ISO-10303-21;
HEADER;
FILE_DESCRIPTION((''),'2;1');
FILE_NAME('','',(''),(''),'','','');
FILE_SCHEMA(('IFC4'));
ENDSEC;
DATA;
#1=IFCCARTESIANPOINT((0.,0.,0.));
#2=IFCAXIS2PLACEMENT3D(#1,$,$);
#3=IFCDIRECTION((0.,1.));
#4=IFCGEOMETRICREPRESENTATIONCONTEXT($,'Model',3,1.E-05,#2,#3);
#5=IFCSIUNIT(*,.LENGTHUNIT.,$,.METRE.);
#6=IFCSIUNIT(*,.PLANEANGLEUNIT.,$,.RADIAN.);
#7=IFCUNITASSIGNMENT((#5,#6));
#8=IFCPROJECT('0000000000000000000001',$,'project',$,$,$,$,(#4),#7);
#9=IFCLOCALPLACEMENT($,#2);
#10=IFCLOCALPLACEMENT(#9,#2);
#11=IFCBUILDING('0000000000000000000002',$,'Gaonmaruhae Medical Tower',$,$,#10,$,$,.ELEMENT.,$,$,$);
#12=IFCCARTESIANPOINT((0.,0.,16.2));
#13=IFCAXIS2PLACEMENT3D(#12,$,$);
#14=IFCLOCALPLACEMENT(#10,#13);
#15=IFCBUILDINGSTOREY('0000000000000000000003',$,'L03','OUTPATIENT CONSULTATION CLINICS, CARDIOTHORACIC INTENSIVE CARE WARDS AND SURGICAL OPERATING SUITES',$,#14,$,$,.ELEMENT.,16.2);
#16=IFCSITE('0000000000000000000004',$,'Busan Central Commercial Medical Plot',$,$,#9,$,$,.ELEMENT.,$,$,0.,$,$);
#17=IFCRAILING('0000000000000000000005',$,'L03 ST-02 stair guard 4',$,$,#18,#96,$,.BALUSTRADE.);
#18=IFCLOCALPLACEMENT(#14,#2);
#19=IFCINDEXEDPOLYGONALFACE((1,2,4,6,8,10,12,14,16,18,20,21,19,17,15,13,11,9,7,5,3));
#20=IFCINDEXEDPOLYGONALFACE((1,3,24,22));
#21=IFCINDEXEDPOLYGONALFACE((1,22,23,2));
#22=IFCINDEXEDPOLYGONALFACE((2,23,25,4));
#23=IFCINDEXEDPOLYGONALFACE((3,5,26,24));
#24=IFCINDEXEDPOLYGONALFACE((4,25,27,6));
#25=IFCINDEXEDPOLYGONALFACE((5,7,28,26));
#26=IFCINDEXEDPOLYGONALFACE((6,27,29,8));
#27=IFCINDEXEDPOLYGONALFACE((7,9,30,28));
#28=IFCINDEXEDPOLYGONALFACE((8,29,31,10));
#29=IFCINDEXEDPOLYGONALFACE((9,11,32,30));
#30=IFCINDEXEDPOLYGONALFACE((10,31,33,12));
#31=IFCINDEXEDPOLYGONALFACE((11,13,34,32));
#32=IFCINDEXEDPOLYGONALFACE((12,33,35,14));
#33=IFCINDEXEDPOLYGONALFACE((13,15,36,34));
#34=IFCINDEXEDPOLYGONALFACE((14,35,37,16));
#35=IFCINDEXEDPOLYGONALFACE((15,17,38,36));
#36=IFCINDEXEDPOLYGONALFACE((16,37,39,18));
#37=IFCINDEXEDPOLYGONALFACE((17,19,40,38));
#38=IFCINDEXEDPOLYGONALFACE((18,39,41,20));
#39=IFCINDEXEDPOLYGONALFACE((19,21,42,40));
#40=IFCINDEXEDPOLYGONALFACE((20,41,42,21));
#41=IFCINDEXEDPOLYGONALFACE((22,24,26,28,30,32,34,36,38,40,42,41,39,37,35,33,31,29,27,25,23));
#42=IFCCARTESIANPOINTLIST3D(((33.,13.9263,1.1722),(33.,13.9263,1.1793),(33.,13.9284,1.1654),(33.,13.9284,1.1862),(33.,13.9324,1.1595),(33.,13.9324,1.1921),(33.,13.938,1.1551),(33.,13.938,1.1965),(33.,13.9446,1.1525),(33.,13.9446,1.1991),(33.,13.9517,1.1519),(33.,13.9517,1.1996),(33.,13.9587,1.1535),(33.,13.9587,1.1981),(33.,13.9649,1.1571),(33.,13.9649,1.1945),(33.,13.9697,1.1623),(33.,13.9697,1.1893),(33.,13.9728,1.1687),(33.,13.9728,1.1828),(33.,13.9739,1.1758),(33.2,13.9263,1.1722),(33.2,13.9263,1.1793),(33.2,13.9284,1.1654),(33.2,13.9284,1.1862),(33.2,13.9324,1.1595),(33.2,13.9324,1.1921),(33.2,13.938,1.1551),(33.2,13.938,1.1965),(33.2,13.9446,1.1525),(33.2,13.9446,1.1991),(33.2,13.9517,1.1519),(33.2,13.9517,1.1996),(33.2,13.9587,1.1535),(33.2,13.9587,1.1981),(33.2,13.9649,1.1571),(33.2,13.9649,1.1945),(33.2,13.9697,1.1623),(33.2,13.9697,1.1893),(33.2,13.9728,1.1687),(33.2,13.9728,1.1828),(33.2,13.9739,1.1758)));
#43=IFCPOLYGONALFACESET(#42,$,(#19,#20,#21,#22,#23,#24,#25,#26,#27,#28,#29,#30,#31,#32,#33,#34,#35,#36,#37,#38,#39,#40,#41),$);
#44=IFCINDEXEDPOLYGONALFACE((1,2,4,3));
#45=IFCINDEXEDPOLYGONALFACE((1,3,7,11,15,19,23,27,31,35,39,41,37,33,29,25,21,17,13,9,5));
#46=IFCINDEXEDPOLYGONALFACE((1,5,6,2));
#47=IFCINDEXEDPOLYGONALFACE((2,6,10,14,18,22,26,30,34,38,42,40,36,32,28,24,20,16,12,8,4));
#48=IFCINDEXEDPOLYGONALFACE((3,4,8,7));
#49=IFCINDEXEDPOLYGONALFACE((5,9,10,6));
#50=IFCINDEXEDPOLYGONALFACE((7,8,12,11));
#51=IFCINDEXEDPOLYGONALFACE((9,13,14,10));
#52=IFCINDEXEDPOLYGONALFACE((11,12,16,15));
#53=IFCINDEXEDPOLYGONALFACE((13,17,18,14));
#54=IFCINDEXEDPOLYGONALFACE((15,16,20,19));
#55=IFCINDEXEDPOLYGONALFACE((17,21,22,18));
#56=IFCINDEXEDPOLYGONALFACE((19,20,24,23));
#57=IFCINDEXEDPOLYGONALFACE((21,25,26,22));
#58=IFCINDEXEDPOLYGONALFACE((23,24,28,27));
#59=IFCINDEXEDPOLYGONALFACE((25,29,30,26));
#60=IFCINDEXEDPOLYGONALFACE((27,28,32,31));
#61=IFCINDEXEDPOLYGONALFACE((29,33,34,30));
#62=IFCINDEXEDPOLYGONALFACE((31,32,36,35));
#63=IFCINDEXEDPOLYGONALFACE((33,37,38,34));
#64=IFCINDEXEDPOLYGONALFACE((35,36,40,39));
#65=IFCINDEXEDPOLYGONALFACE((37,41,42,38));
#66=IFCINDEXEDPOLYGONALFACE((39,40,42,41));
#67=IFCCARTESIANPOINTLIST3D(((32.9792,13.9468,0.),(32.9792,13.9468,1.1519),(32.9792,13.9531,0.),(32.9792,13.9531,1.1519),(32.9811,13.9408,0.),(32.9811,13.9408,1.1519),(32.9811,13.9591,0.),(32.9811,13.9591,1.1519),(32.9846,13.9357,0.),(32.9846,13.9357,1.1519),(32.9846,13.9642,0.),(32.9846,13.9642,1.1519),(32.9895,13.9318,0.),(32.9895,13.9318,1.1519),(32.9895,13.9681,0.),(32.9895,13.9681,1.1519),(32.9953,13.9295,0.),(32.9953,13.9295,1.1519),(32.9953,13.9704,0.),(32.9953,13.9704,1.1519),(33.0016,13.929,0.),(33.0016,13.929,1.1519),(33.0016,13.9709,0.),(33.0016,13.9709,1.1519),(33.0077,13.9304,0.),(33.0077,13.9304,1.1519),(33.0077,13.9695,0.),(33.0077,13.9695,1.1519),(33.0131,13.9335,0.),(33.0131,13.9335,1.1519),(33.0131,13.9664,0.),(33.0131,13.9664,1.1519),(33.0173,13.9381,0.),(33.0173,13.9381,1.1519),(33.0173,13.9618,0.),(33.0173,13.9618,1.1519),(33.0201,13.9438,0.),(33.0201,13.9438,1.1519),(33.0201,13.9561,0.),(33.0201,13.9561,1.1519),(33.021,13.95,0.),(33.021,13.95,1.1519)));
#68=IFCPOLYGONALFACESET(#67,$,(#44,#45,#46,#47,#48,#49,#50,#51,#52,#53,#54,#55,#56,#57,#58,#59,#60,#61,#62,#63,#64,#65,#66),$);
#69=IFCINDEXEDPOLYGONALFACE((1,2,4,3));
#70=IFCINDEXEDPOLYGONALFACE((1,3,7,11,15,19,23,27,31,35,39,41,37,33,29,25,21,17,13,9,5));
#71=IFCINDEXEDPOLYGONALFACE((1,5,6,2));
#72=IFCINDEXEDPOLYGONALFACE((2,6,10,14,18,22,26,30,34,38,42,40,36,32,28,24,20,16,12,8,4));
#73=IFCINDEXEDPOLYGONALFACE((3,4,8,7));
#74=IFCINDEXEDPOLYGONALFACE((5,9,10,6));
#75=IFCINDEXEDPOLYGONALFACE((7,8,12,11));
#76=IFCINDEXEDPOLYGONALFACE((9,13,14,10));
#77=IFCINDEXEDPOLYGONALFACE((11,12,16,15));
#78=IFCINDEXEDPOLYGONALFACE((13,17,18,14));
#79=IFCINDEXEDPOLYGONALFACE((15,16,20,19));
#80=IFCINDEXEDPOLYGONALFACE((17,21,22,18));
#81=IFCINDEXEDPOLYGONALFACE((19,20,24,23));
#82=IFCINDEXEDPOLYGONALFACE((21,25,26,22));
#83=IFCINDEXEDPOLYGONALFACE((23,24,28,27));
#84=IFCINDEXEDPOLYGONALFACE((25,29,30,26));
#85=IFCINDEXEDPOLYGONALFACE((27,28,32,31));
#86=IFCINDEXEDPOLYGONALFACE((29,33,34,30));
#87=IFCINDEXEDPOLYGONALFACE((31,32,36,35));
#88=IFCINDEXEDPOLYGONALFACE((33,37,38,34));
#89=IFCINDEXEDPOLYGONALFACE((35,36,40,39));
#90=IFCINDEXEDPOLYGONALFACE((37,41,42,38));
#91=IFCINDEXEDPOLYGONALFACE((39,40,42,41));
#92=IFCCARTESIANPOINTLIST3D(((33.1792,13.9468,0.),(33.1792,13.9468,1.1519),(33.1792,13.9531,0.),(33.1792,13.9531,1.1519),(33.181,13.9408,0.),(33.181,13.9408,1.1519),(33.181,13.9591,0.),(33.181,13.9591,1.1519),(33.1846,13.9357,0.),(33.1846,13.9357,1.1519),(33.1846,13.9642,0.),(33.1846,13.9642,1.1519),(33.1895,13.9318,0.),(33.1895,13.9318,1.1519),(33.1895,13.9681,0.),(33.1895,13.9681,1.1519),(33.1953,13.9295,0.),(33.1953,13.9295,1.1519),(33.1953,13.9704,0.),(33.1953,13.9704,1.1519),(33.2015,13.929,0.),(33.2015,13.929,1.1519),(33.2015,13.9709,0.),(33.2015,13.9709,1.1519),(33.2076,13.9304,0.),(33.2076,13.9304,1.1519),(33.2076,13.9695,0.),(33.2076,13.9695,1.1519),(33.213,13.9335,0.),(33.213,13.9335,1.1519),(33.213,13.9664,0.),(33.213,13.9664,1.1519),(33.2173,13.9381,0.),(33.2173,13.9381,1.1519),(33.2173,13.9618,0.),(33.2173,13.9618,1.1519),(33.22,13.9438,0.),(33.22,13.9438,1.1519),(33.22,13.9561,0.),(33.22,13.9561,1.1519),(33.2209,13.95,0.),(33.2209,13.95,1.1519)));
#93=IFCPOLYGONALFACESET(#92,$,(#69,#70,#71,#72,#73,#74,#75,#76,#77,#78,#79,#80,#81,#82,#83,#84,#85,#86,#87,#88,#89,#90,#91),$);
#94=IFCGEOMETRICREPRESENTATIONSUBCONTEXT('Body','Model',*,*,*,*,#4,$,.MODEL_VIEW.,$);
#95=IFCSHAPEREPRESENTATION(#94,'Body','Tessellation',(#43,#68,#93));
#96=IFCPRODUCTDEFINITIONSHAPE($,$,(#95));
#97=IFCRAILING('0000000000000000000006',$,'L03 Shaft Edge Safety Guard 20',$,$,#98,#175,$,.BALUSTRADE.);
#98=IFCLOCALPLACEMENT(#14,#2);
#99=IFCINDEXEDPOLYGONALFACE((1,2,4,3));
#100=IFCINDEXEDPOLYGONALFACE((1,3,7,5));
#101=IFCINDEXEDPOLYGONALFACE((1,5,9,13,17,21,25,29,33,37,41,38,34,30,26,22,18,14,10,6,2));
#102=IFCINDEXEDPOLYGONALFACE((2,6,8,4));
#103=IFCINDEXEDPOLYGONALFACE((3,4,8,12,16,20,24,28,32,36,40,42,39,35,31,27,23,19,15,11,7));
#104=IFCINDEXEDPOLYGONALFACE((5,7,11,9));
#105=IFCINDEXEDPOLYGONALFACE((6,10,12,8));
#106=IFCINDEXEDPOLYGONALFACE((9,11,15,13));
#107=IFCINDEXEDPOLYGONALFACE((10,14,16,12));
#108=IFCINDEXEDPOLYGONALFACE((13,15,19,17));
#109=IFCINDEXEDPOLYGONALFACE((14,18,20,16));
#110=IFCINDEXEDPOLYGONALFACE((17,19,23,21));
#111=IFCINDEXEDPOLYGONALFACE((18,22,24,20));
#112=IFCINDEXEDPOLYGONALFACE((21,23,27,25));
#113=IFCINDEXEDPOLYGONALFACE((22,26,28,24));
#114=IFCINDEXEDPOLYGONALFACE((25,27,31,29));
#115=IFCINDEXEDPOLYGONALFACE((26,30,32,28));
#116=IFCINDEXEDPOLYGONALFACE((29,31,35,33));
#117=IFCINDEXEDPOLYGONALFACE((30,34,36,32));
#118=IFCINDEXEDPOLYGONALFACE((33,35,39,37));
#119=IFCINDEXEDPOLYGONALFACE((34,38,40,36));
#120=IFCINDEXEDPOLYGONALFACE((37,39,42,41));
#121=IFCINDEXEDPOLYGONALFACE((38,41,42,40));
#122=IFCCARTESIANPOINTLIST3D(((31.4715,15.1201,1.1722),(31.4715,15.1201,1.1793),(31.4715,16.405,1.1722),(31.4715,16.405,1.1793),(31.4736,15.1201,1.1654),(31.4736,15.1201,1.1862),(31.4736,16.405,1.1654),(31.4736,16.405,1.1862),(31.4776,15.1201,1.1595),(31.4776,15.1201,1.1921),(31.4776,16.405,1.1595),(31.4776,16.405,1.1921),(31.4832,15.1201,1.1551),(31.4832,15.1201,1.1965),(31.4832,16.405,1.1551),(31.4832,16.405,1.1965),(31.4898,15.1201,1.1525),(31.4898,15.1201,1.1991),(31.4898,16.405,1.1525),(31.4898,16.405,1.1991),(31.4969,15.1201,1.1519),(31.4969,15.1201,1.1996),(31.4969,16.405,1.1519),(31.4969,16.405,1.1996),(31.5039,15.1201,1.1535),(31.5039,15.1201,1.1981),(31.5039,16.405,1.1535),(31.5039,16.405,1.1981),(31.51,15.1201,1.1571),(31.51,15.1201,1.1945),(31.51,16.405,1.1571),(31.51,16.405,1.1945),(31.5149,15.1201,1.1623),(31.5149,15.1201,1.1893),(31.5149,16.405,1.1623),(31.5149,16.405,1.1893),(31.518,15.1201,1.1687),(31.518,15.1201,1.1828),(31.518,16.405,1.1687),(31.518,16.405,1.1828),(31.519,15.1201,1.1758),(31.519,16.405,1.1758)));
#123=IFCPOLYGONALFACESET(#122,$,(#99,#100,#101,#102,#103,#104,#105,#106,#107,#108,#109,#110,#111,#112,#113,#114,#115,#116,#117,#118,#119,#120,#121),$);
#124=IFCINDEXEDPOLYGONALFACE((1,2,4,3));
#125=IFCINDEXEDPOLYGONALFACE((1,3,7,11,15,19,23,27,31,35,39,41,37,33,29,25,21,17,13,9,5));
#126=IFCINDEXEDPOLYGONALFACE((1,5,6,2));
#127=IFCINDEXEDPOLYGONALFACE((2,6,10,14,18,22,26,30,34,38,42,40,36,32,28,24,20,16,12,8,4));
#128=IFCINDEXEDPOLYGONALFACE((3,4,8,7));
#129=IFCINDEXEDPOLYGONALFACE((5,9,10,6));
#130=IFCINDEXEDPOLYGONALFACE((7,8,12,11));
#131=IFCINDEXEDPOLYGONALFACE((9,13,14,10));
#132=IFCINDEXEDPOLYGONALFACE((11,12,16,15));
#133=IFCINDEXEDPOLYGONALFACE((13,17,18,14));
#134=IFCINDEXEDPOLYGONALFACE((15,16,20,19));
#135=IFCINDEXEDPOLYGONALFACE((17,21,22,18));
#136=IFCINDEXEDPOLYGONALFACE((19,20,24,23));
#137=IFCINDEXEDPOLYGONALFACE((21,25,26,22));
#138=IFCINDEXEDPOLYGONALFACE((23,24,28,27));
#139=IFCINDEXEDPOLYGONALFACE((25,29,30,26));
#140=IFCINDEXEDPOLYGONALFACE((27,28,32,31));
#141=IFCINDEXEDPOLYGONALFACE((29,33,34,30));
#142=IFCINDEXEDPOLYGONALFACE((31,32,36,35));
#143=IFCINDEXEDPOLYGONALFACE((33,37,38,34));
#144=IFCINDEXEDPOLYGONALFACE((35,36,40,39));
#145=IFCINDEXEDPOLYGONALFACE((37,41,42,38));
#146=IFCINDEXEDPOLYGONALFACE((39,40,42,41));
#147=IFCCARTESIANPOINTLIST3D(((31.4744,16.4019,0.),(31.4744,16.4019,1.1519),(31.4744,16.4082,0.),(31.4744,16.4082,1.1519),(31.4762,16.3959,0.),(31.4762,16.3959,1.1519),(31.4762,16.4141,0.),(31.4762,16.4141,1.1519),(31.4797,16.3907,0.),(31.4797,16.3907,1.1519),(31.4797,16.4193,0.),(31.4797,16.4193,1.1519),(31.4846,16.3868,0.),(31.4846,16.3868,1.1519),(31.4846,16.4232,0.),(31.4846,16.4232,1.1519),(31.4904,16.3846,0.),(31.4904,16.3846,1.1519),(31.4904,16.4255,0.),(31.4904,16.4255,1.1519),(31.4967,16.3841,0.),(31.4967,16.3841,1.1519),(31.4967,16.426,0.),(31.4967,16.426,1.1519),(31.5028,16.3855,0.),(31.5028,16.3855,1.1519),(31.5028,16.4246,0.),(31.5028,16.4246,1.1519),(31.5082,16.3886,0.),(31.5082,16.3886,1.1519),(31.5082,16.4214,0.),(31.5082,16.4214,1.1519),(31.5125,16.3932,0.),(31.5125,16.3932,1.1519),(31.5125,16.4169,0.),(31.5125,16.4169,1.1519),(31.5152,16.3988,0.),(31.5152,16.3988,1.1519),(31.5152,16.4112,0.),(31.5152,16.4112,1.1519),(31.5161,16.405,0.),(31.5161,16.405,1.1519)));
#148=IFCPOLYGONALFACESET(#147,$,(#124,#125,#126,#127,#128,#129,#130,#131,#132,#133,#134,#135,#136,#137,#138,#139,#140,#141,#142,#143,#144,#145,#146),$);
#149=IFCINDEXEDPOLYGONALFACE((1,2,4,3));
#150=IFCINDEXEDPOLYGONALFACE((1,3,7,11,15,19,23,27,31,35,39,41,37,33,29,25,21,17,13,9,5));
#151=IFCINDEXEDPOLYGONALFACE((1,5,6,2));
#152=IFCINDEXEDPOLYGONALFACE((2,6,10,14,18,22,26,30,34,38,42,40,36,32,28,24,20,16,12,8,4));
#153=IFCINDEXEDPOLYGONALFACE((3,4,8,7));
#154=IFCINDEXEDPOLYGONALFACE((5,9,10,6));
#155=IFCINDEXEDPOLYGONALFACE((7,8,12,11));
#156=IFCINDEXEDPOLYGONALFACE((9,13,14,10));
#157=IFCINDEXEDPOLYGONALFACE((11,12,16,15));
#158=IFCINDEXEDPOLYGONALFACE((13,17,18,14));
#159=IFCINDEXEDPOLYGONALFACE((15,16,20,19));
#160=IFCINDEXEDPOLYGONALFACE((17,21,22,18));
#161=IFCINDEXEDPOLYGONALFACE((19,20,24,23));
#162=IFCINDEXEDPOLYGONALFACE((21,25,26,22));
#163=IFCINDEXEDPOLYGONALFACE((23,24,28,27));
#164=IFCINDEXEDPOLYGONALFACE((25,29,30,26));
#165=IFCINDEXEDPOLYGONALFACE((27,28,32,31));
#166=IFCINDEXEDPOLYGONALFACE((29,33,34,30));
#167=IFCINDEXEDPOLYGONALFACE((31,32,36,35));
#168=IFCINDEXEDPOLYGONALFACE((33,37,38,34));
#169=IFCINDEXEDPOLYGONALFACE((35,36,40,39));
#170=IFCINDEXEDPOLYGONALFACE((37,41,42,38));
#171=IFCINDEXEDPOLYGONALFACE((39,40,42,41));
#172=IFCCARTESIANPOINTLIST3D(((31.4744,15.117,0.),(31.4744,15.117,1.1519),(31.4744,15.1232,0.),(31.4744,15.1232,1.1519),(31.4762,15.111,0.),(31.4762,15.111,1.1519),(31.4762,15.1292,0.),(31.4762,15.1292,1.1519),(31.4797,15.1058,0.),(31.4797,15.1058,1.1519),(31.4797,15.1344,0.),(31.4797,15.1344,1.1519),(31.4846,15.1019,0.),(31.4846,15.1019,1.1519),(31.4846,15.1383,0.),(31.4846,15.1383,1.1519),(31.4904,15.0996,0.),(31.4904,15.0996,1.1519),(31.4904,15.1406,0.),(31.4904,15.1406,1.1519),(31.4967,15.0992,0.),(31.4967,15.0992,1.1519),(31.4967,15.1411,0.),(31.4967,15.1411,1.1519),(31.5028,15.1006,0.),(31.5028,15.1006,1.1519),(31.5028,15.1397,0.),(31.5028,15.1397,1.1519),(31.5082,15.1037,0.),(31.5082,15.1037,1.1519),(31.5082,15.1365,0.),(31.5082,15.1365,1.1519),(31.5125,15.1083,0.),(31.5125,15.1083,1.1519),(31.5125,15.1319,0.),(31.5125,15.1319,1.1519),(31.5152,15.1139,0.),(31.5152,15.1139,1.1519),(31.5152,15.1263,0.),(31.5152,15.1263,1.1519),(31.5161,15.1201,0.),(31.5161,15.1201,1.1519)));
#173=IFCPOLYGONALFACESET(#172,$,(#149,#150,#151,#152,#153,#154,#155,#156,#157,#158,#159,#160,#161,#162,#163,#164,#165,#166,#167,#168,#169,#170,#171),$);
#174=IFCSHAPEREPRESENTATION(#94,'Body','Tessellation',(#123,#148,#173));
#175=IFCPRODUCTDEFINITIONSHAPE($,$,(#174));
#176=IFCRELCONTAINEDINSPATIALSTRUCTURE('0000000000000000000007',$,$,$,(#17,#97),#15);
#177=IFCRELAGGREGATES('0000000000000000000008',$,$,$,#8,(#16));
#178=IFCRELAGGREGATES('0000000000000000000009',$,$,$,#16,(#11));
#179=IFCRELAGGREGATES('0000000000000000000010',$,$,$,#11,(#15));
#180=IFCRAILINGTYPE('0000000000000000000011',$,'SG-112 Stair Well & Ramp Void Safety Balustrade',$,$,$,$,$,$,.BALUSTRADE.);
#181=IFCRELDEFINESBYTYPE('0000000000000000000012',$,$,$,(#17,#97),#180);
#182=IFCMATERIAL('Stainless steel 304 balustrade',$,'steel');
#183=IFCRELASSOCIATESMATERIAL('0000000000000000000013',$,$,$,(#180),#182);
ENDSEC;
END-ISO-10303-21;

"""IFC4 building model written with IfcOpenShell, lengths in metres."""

from ifc_helpers import new_model, si_unit, direction, frame, origin, origin_2d, place, context, subcontext, project, spatial, circle, extrude, material, type_object, element, save


model = new_model("IFC4")

# Units and contexts
model_context = context("Model", 3, precision=1e-05, world=origin(), true_north=direction((0.0, 1.0)))
body_context = subcontext(model_context, "Body", "Model", "MODEL_VIEW")
ifc_project = project(units=[si_unit("LENGTHUNIT", "METRE"), si_unit("PLANEANGLEUNIT", "RADIAN")], contexts=[model_context])

# Site, building, storey
site_placement = place(None, origin())
site = spatial("IfcSite", under=ifc_project, at=site_placement, Name="Busan Central Commercial Medical Plot", CompositionType="ELEMENT", RefElevation=0.0)
building_placement = place(site_placement, origin())
building = spatial("IfcBuilding", under=site, at=building_placement, Name="Gaonmaruhae Medical Tower", CompositionType="ELEMENT")
storey_placement = place(building_placement, frame((0.0, 0.0, 16.2)))
storey = spatial("IfcBuildingStorey", under=building, at=storey_placement, Name="L03", Description="OUTPATIENT CONSULTATION CLINICS, CARDIOTHORACIC INTENSIVE CARE WARDS AND SURGICAL OPERATING SUITES", CompositionType="ELEMENT", Elevation=16.2)

# Railings
ifc_material_1 = material(Name="Stainless steel 304 balustrade", Category="steel")
railing_type_1 = type_object("IfcRailingType", Name="SG-112 Stair Well & Ramp Void Safety Balustrade", PredefinedType="BALUSTRADE", material=ifc_material_1)
railing_1_placement = place(storey_placement, frame((33.0, 13.95, 0.0)))
element("IfcRailing", 1, at=railing_1_placement, inside=storey, type_object=railing_type_1, Name="L03 ST-02 stair guard 4", PredefinedType="BALUSTRADE", context=body_context, shape_type="SweptSolid", body=[
    extrude(circle(Radius=0.0239, at=origin_2d()), frame((0.0, 0.0, 1.1758), z_axis=(1.0, 0.0, 0.0), x_axis=(0.0, 1.0, 0.0)), (0.0, 0.0, 1.0), 0.2),
    extrude(circle(Radius=0.021, at=origin_2d()), origin(), (0.0, 0.0, 1.0), 1.1519),
    extrude(circle(Radius=0.021, at=origin_2d()), frame((0.2, 0.0, 0.0)), (0.0, 0.0, 1.0), 1.1519),
])
railing_2_placement = place(storey_placement, frame((31.4951, 16.405, 0.0)))
element("IfcRailing", 2, at=railing_2_placement, inside=storey, type_object=railing_type_1, Name="L03 Shaft Edge Safety Guard 20", PredefinedType="BALUSTRADE", context=body_context, shape_type="SweptSolid", body=[
    extrude(circle(Radius=0.0239, at=origin_2d()), frame((0.0, 0.0, 1.1758), z_axis=(0.0, -1.0, 0.0), x_axis=(1.0, 0.0, 0.0)), (0.0, 0.0, 1.0), 1.2849),
    extrude(circle(Radius=0.021, at=origin_2d()), origin(), (0.0, 0.0, 1.0), 1.1519),
    extrude(circle(Radius=0.021, at=origin_2d()), frame((0.0, -1.2849, 0.0)), (0.0, 0.0, 1.0), 1.1519),
])

save(model, "model.ifc")
